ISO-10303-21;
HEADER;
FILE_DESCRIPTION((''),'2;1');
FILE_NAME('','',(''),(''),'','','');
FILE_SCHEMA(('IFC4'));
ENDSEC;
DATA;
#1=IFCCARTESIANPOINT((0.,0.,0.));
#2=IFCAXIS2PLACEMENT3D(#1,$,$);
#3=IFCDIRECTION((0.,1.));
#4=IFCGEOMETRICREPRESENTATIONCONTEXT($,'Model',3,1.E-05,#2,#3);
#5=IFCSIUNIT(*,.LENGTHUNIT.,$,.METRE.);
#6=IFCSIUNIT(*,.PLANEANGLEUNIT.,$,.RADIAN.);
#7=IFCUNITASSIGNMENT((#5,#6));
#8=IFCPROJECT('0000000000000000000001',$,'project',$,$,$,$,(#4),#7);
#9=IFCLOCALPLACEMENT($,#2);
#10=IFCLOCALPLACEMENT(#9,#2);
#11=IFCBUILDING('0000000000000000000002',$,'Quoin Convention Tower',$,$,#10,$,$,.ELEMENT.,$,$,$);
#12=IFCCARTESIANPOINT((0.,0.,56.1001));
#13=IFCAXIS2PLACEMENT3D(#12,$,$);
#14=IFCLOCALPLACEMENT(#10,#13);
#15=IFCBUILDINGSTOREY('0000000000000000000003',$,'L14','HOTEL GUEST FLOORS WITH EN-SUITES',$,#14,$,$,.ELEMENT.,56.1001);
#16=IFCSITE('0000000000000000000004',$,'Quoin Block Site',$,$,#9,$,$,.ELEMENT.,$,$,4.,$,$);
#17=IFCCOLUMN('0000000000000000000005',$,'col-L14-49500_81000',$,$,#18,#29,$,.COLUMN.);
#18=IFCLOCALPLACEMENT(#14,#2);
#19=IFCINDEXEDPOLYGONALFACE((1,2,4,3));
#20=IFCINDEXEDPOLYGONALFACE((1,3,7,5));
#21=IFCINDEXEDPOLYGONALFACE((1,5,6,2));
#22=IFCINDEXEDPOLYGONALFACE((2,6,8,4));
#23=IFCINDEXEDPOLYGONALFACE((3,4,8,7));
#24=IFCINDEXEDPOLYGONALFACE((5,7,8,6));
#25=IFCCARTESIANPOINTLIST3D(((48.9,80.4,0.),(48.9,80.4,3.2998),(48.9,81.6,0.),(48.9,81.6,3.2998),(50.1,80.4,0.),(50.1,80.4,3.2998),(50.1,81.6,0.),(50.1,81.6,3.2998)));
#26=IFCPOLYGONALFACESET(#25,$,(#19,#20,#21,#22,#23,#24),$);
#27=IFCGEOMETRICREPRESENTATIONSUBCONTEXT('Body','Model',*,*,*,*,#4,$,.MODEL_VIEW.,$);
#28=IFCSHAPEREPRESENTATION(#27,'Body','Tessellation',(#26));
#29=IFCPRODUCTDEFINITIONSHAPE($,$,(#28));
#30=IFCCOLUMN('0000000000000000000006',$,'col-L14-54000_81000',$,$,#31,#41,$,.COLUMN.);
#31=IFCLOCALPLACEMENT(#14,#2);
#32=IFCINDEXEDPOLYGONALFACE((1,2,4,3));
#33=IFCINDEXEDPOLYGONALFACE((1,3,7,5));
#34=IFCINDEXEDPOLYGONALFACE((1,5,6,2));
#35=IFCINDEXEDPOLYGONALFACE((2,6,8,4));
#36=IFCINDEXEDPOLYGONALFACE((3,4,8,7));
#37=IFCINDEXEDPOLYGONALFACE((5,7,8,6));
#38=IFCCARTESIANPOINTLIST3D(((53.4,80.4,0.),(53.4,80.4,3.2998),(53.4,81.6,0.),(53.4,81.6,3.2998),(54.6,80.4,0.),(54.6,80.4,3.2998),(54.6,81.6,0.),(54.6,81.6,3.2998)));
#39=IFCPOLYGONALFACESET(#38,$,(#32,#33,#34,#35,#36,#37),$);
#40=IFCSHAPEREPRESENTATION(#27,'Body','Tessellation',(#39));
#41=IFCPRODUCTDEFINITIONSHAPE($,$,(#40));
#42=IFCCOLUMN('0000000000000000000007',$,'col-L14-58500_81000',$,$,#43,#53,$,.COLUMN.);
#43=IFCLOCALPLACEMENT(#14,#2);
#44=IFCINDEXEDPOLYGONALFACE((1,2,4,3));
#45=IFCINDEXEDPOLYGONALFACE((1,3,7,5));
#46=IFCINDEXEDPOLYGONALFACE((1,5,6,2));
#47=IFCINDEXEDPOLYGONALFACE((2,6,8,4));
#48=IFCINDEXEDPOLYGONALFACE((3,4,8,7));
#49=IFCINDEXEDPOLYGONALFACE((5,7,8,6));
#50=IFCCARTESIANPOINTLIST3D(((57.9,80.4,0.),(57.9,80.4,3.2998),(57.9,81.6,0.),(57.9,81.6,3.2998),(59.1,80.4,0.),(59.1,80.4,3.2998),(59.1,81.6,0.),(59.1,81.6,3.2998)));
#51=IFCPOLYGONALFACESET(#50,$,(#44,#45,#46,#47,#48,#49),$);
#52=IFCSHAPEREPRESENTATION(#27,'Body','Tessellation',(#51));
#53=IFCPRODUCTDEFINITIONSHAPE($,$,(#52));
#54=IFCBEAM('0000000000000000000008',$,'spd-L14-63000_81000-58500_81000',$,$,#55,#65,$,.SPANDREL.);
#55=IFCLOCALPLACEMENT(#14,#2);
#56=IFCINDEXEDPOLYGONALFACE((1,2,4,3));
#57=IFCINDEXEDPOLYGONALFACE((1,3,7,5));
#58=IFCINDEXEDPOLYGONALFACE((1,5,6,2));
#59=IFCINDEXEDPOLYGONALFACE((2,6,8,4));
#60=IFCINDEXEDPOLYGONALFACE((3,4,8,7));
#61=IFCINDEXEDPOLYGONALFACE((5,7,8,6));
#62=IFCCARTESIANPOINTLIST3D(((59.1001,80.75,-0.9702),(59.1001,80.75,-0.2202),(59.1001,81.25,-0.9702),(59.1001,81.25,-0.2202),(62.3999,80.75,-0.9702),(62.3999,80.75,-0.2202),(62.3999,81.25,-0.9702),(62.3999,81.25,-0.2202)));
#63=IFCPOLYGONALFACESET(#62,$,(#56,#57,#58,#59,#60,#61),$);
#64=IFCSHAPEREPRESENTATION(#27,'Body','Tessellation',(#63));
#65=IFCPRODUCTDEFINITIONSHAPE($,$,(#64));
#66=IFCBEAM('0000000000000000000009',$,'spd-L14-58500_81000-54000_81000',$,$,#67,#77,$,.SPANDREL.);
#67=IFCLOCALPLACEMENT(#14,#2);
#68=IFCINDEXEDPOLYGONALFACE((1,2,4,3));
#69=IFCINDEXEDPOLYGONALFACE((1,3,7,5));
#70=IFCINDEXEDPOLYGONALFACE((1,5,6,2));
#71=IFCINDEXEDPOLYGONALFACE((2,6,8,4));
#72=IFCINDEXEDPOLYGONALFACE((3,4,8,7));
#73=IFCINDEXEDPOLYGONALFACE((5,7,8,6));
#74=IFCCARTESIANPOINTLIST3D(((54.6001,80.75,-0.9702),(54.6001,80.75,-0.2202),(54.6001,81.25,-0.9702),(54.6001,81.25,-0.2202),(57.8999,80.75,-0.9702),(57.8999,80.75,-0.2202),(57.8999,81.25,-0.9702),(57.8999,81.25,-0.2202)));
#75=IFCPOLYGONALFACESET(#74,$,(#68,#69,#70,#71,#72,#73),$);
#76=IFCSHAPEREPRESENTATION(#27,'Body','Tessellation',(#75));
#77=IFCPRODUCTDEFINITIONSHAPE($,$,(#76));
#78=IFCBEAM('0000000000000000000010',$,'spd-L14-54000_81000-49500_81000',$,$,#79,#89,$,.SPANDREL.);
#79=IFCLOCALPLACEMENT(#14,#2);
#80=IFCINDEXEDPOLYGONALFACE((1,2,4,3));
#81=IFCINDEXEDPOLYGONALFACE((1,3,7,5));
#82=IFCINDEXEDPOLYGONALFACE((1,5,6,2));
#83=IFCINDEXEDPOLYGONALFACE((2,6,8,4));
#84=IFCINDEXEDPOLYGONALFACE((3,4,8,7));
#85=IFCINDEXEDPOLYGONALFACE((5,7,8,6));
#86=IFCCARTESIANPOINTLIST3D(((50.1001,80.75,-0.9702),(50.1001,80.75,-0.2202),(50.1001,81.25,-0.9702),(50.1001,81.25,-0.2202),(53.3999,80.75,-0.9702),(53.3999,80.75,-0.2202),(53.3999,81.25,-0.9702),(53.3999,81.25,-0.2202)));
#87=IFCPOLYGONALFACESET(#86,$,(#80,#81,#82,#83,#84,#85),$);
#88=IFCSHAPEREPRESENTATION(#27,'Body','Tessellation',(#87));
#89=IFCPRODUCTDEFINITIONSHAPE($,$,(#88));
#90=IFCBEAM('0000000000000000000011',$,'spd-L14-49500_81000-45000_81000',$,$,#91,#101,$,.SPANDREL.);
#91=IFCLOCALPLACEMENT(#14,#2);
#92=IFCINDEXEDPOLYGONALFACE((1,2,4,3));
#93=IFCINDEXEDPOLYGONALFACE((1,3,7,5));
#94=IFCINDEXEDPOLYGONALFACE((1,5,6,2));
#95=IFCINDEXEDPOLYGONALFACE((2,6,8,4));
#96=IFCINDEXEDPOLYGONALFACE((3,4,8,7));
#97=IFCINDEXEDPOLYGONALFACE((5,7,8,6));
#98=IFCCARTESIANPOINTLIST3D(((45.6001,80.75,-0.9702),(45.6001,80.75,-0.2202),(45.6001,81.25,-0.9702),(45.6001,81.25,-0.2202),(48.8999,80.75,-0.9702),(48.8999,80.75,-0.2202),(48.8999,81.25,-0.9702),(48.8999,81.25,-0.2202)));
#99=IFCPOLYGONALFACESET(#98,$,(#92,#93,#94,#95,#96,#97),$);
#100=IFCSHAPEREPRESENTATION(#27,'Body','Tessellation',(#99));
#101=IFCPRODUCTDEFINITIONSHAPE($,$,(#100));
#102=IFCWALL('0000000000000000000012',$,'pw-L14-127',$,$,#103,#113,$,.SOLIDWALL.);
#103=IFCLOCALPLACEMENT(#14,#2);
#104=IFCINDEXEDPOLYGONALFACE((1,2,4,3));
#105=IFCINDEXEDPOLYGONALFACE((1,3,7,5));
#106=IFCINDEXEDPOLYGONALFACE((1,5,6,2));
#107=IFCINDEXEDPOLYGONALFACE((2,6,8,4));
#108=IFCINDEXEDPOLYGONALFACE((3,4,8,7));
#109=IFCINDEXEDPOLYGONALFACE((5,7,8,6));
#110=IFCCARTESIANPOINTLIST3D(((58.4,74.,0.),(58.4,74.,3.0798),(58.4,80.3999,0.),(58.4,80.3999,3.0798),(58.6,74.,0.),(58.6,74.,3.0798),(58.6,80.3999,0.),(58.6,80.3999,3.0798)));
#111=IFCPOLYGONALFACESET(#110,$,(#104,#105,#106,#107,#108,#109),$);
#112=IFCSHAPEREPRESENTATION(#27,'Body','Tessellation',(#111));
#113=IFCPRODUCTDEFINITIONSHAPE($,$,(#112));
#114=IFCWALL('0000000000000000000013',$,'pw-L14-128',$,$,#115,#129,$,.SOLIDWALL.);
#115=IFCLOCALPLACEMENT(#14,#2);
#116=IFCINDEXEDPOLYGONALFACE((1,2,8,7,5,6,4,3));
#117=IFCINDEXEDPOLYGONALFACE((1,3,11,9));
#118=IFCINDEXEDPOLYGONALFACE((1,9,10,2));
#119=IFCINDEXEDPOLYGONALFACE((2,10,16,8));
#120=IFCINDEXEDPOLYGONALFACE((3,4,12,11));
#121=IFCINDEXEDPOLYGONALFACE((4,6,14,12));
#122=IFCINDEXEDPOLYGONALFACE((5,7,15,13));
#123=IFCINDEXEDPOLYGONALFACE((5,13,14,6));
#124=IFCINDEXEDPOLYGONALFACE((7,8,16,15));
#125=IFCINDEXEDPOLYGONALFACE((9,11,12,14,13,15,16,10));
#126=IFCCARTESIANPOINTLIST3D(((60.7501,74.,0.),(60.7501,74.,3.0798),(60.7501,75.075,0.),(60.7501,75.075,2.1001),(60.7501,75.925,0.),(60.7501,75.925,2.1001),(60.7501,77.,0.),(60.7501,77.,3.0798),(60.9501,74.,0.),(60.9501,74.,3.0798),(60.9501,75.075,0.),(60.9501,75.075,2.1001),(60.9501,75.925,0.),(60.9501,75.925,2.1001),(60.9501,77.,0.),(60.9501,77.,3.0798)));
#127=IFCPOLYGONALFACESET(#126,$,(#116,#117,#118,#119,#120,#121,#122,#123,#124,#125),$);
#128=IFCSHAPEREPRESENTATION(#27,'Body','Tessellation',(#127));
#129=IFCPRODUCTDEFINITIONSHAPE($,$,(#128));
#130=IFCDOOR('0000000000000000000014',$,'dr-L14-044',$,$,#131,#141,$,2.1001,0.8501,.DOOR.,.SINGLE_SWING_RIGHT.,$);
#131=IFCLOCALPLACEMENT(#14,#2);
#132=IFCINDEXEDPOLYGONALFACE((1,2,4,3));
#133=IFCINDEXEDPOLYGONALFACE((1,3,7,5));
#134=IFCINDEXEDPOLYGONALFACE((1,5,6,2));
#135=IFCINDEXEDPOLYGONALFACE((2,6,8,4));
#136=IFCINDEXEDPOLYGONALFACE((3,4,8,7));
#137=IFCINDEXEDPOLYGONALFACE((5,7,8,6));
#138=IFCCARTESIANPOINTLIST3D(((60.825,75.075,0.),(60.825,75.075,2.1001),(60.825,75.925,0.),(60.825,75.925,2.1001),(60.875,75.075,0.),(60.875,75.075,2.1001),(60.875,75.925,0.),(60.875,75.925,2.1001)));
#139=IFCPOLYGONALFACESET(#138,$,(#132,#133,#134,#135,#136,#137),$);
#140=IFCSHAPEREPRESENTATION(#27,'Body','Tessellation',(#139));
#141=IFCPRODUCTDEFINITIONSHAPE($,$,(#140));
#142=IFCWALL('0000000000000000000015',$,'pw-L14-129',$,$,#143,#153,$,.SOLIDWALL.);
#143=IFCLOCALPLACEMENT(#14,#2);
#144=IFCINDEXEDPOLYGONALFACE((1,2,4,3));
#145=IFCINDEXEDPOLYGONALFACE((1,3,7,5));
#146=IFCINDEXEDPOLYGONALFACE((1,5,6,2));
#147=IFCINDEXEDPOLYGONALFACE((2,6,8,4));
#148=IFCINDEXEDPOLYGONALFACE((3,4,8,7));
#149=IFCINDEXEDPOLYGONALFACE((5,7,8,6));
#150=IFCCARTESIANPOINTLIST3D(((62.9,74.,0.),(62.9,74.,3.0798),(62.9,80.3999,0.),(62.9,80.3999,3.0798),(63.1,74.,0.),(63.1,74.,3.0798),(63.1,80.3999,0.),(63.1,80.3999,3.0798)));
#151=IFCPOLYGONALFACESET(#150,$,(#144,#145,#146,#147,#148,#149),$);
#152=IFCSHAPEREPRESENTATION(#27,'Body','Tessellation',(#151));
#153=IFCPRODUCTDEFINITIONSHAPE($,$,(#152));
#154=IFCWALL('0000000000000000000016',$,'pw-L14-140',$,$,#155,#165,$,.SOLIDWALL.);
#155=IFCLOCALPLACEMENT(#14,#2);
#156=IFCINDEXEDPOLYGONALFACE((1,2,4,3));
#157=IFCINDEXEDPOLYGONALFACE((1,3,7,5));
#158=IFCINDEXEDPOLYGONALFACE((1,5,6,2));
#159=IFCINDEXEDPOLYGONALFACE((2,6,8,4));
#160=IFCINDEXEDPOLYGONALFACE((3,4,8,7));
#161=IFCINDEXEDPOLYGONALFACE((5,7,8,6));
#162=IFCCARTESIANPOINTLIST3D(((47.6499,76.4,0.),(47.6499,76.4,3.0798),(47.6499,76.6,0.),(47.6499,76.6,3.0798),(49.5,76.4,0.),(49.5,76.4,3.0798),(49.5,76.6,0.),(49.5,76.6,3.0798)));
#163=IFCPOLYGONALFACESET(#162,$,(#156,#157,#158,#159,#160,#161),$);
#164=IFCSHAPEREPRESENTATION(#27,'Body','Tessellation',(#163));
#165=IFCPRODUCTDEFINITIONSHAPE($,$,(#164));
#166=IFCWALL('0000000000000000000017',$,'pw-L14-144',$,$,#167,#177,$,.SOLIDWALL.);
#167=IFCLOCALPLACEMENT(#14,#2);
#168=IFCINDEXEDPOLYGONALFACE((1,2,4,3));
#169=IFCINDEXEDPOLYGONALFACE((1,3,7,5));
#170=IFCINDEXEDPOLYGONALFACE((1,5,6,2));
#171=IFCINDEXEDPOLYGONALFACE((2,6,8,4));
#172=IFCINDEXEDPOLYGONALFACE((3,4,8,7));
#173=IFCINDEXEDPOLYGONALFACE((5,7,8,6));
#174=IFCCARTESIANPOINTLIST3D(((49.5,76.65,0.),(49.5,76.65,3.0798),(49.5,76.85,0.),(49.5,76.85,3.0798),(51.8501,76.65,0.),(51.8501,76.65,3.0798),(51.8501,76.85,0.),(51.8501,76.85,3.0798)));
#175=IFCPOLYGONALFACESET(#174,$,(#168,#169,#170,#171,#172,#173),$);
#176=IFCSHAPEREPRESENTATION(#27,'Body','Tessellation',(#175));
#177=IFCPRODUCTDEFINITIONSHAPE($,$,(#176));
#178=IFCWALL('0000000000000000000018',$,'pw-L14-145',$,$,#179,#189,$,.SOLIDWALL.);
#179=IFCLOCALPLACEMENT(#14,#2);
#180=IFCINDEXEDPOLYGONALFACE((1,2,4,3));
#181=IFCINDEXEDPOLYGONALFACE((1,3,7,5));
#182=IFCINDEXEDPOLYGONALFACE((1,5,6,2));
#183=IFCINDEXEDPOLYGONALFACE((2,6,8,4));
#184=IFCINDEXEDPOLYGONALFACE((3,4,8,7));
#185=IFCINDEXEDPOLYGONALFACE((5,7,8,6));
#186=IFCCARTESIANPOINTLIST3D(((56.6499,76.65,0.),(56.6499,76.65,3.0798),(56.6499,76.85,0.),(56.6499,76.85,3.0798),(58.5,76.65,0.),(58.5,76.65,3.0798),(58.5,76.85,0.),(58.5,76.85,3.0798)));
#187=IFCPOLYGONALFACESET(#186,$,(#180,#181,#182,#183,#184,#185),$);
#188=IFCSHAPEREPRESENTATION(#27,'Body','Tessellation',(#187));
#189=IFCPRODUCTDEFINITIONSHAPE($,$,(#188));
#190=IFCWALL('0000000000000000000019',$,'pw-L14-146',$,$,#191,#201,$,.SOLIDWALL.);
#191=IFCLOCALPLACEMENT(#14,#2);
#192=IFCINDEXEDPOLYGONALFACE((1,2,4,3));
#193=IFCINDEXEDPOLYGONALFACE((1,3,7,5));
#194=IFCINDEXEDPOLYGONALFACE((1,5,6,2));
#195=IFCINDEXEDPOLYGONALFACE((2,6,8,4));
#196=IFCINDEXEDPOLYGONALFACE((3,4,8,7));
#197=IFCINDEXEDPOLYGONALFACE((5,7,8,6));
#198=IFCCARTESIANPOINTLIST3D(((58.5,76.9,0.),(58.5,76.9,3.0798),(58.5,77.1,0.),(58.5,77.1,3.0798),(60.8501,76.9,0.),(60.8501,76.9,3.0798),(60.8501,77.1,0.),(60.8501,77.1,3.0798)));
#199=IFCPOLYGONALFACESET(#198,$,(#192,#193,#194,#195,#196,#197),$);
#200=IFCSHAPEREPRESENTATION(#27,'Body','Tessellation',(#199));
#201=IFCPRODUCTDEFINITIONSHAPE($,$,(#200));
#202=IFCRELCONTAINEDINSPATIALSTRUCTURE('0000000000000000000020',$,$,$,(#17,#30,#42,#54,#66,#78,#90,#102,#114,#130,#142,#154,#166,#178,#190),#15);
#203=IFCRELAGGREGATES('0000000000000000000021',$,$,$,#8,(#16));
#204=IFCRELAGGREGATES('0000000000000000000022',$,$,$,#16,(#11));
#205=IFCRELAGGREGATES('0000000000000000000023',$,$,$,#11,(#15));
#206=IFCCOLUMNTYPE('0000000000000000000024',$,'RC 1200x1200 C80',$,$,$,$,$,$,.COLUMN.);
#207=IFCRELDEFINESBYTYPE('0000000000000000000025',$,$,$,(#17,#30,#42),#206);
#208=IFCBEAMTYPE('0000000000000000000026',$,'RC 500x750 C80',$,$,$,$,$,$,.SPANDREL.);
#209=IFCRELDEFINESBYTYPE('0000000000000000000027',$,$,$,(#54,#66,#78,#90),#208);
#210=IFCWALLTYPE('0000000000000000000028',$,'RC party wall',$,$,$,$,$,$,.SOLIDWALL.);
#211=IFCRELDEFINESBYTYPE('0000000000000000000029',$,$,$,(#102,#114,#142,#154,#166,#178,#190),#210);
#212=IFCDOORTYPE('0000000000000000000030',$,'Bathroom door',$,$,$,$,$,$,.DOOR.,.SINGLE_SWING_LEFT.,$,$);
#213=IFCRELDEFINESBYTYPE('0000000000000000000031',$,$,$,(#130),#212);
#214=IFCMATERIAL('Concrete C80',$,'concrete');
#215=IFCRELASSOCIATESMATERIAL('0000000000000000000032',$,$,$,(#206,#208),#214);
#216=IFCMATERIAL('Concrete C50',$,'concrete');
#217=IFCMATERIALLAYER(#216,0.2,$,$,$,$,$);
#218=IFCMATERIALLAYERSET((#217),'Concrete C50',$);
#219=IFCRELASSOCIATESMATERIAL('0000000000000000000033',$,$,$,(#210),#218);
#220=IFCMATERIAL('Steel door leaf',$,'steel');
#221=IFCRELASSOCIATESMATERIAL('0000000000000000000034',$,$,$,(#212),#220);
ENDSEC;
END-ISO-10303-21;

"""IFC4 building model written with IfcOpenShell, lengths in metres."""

from ifc_helpers import new_model, si_unit, direction, frame, frame_2d, origin, origin_2d, place, context, subcontext, project, spatial, rectangle, extrude, material, layer, layer_set, material_profile, profile_set, type_object, element, fill, save


model = new_model("IFC4")

# Units and contexts
model_context = context("Model", 3, precision=1e-05, world=origin(), true_north=direction((0.0, 1.0)))
body_context = subcontext(model_context, "Body", "Model", "MODEL_VIEW")
ifc_project = project(units=[si_unit("LENGTHUNIT", "METRE"), si_unit("PLANEANGLEUNIT", "RADIAN")], contexts=[model_context])

# Site, building, storey
site_placement = place(None, origin())
site = spatial("IfcSite", under=ifc_project, at=site_placement, Name="Quoin Block Site", CompositionType="ELEMENT", RefElevation=4.0)
building_placement = place(site_placement, origin())
building = spatial("IfcBuilding", under=site, at=building_placement, Name="Quoin Convention Tower", CompositionType="ELEMENT")
storey_placement = place(building_placement, frame((0.0, 0.0, 56.1001)))
storey = spatial("IfcBuildingStorey", under=building, at=storey_placement, Name="L14", Description="HOTEL GUEST FLOORS WITH EN-SUITES", CompositionType="ELEMENT", Elevation=56.1001)

# Columns
ifc_material_1 = material(Name="Concrete C80", Category="concrete")
ifc_material_profile_1 = material_profile(ifc_material_1, rectangle(XDim=1.2, YDim=1.2, at=origin_2d()), Name="RC 1200x1200")
ifc_profile_set_1 = profile_set([ifc_material_profile_1], Name="Concrete C80")
column_type = type_object("IfcColumnType", Name="RC 1200x1200 C80", PredefinedType="COLUMN", material=ifc_profile_set_1)
for number, where, z_axis, x_axis, name in (
    (1, (49.5, 81.0, 0.0), (0.0, 0.0, 1.0), (1.0, 0.0, 0.0), "col-L14-49500_81000"),
    (2, (54.0, 81.0, 0.0), (0.0, 0.0, 1.0), (1.0, 0.0, 0.0), "col-L14-54000_81000"),
    (3, (58.5, 81.0, 0.0), (0.0, 0.0, 1.0), (1.0, 0.0, 0.0), "col-L14-58500_81000"),
):
    element("IfcColumn", number, at=place(storey_placement, frame(where, z_axis=z_axis, x_axis=x_axis)), inside=storey, type_object=column_type, Name=name, PredefinedType="COLUMN", context=body_context, shape_type="SweptSolid", body=[
        extrude(rectangle(XDim=1.2, YDim=1.2, at=origin_2d()), origin(), (0.0, 0.0, 1.0), 3.2998),
    ])

# Beams
ifc_material_profile_2 = material_profile(ifc_material_1, rectangle(XDim=0.5, YDim=0.75, at=origin_2d()), Name="RC 500x750")
ifc_profile_set_2 = profile_set([ifc_material_profile_2], Name="Concrete C80")
beam_type = type_object("IfcBeamType", Name="RC 500x750 C80", PredefinedType="SPANDREL", material=ifc_profile_set_2)
for number, where, z_axis, x_axis, name in (
    (4, (62.3999, 81.0, -0.5952), (-1.0, 0.0, 0.0), (0.0, -1.0, 0.0), "spd-L14-63000_81000-58500_81000"),
    (5, (57.8999, 81.0, -0.5952), (-1.0, 0.0, 0.0), (0.0, -1.0, 0.0), "spd-L14-58500_81000-54000_81000"),
    (6, (53.3999, 81.0, -0.5952), (-1.0, 0.0, 0.0), (0.0, -1.0, 0.0), "spd-L14-54000_81000-49500_81000"),
    (7, (48.8999, 81.0, -0.5952), (-1.0, 0.0, 0.0), (0.0, -1.0, 0.0), "spd-L14-49500_81000-45000_81000"),
):
    element("IfcBeam", number, at=place(storey_placement, frame(where, z_axis=z_axis, x_axis=x_axis)), inside=storey, type_object=beam_type, Name=name, PredefinedType="SPANDREL", context=body_context, shape_type="SweptSolid", body=[
        extrude(rectangle(XDim=0.5, YDim=0.75, at=origin_2d()), origin(), (0.0, 0.0, 1.0), 3.2998),
    ])

# Wall
ifc_material_2 = material(Name="Concrete C50", Category="concrete")
ifc_layer = layer(ifc_material_2, 0.2)
ifc_layer_set = layer_set([ifc_layer], Name="Concrete C50")
wall_type = type_object("IfcWallType", Name="RC party wall", PredefinedType="SOLIDWALL", material=ifc_layer_set)
wall_1_placement = place(storey_placement, frame((58.5, 74.0, 0.0), z_axis=(0.0, 0.0, 1.0), x_axis=(0.0, 1.0, 0.0)))
element("IfcWall", 8, at=wall_1_placement, inside=storey, type_object=wall_type, Name="pw-L14-127", PredefinedType="SOLIDWALL", context=body_context, shape_type="SweptSolid", body=[
    extrude(rectangle(XDim=6.3999, YDim=0.2, at=frame_2d((3.2, 0.0))), origin(), (0.0, 0.0, 1.0), 3.0798),
])

# Wall, opening, door
wall_2_placement = place(storey_placement, frame((60.8501, 74.0, 0.0), z_axis=(0.0, 0.0, 1.0), x_axis=(0.0, 1.0, 0.0)))
wall_2 = element("IfcWall", 9, at=wall_2_placement, inside=storey, type_object=wall_type, Name="pw-L14-128", PredefinedType="SOLIDWALL", context=body_context, shape_type="SweptSolid", body=[
    extrude(rectangle(XDim=3.0, YDim=0.2, at=frame_2d((1.5, 0.0))), origin(), (0.0, 0.0, 1.0), 3.0798),
])
opening_placement = place(wall_2_placement, frame((1.075, 0.0, 0.0)))
opening = element("IfcOpeningElement", 10, at=opening_placement, cuts=wall_2, PredefinedType="OPENING", context=body_context, shape_type="SweptSolid", body=[
    extrude(rectangle(XDim=0.8501, YDim=2.1001, at=frame_2d((0.425, 1.05))), frame((0.0, 0.1099, 0.0), z_axis=(0.0, -1.0, 0.0), x_axis=(1.0, 0.0, 0.0)), (0.0, 0.0, 1.0), 0.22),
])
ifc_material_3 = material(Name="Steel door leaf", Category="steel")
door_type = type_object("IfcDoorType", Name="Bathroom door", OperationType="SINGLE_SWING_LEFT", PredefinedType="DOOR", material=ifc_material_3)
door_placement = place(opening_placement, frame((0.8501, 0.0, 0.0), z_axis=(0.0, 0.0, 1.0), x_axis=(-1.0, 0.0, 0.0)))
door = element("IfcDoor", 11, at=door_placement, inside=storey, type_object=door_type, Name="dr-L14-044", OperationType="SINGLE_SWING_RIGHT", OverallHeight=2.1001, OverallWidth=0.8501, PredefinedType="DOOR", context=body_context, shape_type="SweptSolid", body=[
    extrude(rectangle(XDim=0.8501, YDim=2.1001, at=frame_2d((0.425, 1.05))), frame((0.0, 0.0249, 0.0), z_axis=(0.0, -1.0, 0.0), x_axis=(1.0, 0.0, 0.0)), (0.0, 0.0, 1.0), 0.05),
])
fill(opening, door)

# Walls
wall_3_placement = place(storey_placement, frame((63.0, 74.0, 0.0), z_axis=(0.0, 0.0, 1.0), x_axis=(0.0, 1.0, 0.0)))
element("IfcWall", 12, at=wall_3_placement, inside=storey, type_object=wall_type, Name="pw-L14-129", PredefinedType="SOLIDWALL", context=body_context, shape_type="SweptSolid", body=[
    extrude(rectangle(XDim=6.3999, YDim=0.2, at=frame_2d((3.2, 0.0))), origin(), (0.0, 0.0, 1.0), 3.0798),
])
wall_4_placement = place(storey_placement, frame((47.6499, 76.5, 0.0), z_axis=(0.0, 0.0, 1.0), x_axis=(1.0, 0.0, 0.0)))
element("IfcWall", 13, at=wall_4_placement, inside=storey, type_object=wall_type, Name="pw-L14-140", PredefinedType="SOLIDWALL", context=body_context, shape_type="SweptSolid", body=[
    extrude(rectangle(XDim=1.8501, YDim=0.2, at=frame_2d((0.925, 0.0))), origin(), (0.0, 0.0, 1.0), 3.0798),
])
wall_5_placement = place(storey_placement, frame((49.5, 76.75, 0.0), z_axis=(0.0, 0.0, 1.0), x_axis=(1.0, 0.0, 0.0)))
element("IfcWall", 14, at=wall_5_placement, inside=storey, type_object=wall_type, Name="pw-L14-144", PredefinedType="SOLIDWALL", context=body_context, shape_type="SweptSolid", body=[
    extrude(rectangle(XDim=2.3501, YDim=0.2, at=frame_2d((1.175, 0.0))), origin(), (0.0, 0.0, 1.0), 3.0798),
])
wall_6_placement = place(storey_placement, frame((56.6499, 76.75, 0.0), z_axis=(0.0, 0.0, 1.0), x_axis=(1.0, 0.0, 0.0)))
element("IfcWall", 15, at=wall_6_placement, inside=storey, type_object=wall_type, Name="pw-L14-145", PredefinedType="SOLIDWALL", context=body_context, shape_type="SweptSolid", body=[
    extrude(rectangle(XDim=1.8501, YDim=0.2, at=frame_2d((0.925, 0.0))), origin(), (0.0, 0.0, 1.0), 3.0798),
])
wall_7_placement = place(storey_placement, frame((58.5, 77.0, 0.0), z_axis=(0.0, 0.0, 1.0), x_axis=(1.0, 0.0, 0.0)))
element("IfcWall", 16, at=wall_7_placement, inside=storey, type_object=wall_type, Name="pw-L14-146", PredefinedType="SOLIDWALL", context=body_context, shape_type="SweptSolid", body=[
    extrude(rectangle(XDim=2.3501, YDim=0.2, at=frame_2d((1.175, 0.0))), origin(), (0.0, 0.0, 1.0), 3.0798),
])

save(model, "model.ifc")
